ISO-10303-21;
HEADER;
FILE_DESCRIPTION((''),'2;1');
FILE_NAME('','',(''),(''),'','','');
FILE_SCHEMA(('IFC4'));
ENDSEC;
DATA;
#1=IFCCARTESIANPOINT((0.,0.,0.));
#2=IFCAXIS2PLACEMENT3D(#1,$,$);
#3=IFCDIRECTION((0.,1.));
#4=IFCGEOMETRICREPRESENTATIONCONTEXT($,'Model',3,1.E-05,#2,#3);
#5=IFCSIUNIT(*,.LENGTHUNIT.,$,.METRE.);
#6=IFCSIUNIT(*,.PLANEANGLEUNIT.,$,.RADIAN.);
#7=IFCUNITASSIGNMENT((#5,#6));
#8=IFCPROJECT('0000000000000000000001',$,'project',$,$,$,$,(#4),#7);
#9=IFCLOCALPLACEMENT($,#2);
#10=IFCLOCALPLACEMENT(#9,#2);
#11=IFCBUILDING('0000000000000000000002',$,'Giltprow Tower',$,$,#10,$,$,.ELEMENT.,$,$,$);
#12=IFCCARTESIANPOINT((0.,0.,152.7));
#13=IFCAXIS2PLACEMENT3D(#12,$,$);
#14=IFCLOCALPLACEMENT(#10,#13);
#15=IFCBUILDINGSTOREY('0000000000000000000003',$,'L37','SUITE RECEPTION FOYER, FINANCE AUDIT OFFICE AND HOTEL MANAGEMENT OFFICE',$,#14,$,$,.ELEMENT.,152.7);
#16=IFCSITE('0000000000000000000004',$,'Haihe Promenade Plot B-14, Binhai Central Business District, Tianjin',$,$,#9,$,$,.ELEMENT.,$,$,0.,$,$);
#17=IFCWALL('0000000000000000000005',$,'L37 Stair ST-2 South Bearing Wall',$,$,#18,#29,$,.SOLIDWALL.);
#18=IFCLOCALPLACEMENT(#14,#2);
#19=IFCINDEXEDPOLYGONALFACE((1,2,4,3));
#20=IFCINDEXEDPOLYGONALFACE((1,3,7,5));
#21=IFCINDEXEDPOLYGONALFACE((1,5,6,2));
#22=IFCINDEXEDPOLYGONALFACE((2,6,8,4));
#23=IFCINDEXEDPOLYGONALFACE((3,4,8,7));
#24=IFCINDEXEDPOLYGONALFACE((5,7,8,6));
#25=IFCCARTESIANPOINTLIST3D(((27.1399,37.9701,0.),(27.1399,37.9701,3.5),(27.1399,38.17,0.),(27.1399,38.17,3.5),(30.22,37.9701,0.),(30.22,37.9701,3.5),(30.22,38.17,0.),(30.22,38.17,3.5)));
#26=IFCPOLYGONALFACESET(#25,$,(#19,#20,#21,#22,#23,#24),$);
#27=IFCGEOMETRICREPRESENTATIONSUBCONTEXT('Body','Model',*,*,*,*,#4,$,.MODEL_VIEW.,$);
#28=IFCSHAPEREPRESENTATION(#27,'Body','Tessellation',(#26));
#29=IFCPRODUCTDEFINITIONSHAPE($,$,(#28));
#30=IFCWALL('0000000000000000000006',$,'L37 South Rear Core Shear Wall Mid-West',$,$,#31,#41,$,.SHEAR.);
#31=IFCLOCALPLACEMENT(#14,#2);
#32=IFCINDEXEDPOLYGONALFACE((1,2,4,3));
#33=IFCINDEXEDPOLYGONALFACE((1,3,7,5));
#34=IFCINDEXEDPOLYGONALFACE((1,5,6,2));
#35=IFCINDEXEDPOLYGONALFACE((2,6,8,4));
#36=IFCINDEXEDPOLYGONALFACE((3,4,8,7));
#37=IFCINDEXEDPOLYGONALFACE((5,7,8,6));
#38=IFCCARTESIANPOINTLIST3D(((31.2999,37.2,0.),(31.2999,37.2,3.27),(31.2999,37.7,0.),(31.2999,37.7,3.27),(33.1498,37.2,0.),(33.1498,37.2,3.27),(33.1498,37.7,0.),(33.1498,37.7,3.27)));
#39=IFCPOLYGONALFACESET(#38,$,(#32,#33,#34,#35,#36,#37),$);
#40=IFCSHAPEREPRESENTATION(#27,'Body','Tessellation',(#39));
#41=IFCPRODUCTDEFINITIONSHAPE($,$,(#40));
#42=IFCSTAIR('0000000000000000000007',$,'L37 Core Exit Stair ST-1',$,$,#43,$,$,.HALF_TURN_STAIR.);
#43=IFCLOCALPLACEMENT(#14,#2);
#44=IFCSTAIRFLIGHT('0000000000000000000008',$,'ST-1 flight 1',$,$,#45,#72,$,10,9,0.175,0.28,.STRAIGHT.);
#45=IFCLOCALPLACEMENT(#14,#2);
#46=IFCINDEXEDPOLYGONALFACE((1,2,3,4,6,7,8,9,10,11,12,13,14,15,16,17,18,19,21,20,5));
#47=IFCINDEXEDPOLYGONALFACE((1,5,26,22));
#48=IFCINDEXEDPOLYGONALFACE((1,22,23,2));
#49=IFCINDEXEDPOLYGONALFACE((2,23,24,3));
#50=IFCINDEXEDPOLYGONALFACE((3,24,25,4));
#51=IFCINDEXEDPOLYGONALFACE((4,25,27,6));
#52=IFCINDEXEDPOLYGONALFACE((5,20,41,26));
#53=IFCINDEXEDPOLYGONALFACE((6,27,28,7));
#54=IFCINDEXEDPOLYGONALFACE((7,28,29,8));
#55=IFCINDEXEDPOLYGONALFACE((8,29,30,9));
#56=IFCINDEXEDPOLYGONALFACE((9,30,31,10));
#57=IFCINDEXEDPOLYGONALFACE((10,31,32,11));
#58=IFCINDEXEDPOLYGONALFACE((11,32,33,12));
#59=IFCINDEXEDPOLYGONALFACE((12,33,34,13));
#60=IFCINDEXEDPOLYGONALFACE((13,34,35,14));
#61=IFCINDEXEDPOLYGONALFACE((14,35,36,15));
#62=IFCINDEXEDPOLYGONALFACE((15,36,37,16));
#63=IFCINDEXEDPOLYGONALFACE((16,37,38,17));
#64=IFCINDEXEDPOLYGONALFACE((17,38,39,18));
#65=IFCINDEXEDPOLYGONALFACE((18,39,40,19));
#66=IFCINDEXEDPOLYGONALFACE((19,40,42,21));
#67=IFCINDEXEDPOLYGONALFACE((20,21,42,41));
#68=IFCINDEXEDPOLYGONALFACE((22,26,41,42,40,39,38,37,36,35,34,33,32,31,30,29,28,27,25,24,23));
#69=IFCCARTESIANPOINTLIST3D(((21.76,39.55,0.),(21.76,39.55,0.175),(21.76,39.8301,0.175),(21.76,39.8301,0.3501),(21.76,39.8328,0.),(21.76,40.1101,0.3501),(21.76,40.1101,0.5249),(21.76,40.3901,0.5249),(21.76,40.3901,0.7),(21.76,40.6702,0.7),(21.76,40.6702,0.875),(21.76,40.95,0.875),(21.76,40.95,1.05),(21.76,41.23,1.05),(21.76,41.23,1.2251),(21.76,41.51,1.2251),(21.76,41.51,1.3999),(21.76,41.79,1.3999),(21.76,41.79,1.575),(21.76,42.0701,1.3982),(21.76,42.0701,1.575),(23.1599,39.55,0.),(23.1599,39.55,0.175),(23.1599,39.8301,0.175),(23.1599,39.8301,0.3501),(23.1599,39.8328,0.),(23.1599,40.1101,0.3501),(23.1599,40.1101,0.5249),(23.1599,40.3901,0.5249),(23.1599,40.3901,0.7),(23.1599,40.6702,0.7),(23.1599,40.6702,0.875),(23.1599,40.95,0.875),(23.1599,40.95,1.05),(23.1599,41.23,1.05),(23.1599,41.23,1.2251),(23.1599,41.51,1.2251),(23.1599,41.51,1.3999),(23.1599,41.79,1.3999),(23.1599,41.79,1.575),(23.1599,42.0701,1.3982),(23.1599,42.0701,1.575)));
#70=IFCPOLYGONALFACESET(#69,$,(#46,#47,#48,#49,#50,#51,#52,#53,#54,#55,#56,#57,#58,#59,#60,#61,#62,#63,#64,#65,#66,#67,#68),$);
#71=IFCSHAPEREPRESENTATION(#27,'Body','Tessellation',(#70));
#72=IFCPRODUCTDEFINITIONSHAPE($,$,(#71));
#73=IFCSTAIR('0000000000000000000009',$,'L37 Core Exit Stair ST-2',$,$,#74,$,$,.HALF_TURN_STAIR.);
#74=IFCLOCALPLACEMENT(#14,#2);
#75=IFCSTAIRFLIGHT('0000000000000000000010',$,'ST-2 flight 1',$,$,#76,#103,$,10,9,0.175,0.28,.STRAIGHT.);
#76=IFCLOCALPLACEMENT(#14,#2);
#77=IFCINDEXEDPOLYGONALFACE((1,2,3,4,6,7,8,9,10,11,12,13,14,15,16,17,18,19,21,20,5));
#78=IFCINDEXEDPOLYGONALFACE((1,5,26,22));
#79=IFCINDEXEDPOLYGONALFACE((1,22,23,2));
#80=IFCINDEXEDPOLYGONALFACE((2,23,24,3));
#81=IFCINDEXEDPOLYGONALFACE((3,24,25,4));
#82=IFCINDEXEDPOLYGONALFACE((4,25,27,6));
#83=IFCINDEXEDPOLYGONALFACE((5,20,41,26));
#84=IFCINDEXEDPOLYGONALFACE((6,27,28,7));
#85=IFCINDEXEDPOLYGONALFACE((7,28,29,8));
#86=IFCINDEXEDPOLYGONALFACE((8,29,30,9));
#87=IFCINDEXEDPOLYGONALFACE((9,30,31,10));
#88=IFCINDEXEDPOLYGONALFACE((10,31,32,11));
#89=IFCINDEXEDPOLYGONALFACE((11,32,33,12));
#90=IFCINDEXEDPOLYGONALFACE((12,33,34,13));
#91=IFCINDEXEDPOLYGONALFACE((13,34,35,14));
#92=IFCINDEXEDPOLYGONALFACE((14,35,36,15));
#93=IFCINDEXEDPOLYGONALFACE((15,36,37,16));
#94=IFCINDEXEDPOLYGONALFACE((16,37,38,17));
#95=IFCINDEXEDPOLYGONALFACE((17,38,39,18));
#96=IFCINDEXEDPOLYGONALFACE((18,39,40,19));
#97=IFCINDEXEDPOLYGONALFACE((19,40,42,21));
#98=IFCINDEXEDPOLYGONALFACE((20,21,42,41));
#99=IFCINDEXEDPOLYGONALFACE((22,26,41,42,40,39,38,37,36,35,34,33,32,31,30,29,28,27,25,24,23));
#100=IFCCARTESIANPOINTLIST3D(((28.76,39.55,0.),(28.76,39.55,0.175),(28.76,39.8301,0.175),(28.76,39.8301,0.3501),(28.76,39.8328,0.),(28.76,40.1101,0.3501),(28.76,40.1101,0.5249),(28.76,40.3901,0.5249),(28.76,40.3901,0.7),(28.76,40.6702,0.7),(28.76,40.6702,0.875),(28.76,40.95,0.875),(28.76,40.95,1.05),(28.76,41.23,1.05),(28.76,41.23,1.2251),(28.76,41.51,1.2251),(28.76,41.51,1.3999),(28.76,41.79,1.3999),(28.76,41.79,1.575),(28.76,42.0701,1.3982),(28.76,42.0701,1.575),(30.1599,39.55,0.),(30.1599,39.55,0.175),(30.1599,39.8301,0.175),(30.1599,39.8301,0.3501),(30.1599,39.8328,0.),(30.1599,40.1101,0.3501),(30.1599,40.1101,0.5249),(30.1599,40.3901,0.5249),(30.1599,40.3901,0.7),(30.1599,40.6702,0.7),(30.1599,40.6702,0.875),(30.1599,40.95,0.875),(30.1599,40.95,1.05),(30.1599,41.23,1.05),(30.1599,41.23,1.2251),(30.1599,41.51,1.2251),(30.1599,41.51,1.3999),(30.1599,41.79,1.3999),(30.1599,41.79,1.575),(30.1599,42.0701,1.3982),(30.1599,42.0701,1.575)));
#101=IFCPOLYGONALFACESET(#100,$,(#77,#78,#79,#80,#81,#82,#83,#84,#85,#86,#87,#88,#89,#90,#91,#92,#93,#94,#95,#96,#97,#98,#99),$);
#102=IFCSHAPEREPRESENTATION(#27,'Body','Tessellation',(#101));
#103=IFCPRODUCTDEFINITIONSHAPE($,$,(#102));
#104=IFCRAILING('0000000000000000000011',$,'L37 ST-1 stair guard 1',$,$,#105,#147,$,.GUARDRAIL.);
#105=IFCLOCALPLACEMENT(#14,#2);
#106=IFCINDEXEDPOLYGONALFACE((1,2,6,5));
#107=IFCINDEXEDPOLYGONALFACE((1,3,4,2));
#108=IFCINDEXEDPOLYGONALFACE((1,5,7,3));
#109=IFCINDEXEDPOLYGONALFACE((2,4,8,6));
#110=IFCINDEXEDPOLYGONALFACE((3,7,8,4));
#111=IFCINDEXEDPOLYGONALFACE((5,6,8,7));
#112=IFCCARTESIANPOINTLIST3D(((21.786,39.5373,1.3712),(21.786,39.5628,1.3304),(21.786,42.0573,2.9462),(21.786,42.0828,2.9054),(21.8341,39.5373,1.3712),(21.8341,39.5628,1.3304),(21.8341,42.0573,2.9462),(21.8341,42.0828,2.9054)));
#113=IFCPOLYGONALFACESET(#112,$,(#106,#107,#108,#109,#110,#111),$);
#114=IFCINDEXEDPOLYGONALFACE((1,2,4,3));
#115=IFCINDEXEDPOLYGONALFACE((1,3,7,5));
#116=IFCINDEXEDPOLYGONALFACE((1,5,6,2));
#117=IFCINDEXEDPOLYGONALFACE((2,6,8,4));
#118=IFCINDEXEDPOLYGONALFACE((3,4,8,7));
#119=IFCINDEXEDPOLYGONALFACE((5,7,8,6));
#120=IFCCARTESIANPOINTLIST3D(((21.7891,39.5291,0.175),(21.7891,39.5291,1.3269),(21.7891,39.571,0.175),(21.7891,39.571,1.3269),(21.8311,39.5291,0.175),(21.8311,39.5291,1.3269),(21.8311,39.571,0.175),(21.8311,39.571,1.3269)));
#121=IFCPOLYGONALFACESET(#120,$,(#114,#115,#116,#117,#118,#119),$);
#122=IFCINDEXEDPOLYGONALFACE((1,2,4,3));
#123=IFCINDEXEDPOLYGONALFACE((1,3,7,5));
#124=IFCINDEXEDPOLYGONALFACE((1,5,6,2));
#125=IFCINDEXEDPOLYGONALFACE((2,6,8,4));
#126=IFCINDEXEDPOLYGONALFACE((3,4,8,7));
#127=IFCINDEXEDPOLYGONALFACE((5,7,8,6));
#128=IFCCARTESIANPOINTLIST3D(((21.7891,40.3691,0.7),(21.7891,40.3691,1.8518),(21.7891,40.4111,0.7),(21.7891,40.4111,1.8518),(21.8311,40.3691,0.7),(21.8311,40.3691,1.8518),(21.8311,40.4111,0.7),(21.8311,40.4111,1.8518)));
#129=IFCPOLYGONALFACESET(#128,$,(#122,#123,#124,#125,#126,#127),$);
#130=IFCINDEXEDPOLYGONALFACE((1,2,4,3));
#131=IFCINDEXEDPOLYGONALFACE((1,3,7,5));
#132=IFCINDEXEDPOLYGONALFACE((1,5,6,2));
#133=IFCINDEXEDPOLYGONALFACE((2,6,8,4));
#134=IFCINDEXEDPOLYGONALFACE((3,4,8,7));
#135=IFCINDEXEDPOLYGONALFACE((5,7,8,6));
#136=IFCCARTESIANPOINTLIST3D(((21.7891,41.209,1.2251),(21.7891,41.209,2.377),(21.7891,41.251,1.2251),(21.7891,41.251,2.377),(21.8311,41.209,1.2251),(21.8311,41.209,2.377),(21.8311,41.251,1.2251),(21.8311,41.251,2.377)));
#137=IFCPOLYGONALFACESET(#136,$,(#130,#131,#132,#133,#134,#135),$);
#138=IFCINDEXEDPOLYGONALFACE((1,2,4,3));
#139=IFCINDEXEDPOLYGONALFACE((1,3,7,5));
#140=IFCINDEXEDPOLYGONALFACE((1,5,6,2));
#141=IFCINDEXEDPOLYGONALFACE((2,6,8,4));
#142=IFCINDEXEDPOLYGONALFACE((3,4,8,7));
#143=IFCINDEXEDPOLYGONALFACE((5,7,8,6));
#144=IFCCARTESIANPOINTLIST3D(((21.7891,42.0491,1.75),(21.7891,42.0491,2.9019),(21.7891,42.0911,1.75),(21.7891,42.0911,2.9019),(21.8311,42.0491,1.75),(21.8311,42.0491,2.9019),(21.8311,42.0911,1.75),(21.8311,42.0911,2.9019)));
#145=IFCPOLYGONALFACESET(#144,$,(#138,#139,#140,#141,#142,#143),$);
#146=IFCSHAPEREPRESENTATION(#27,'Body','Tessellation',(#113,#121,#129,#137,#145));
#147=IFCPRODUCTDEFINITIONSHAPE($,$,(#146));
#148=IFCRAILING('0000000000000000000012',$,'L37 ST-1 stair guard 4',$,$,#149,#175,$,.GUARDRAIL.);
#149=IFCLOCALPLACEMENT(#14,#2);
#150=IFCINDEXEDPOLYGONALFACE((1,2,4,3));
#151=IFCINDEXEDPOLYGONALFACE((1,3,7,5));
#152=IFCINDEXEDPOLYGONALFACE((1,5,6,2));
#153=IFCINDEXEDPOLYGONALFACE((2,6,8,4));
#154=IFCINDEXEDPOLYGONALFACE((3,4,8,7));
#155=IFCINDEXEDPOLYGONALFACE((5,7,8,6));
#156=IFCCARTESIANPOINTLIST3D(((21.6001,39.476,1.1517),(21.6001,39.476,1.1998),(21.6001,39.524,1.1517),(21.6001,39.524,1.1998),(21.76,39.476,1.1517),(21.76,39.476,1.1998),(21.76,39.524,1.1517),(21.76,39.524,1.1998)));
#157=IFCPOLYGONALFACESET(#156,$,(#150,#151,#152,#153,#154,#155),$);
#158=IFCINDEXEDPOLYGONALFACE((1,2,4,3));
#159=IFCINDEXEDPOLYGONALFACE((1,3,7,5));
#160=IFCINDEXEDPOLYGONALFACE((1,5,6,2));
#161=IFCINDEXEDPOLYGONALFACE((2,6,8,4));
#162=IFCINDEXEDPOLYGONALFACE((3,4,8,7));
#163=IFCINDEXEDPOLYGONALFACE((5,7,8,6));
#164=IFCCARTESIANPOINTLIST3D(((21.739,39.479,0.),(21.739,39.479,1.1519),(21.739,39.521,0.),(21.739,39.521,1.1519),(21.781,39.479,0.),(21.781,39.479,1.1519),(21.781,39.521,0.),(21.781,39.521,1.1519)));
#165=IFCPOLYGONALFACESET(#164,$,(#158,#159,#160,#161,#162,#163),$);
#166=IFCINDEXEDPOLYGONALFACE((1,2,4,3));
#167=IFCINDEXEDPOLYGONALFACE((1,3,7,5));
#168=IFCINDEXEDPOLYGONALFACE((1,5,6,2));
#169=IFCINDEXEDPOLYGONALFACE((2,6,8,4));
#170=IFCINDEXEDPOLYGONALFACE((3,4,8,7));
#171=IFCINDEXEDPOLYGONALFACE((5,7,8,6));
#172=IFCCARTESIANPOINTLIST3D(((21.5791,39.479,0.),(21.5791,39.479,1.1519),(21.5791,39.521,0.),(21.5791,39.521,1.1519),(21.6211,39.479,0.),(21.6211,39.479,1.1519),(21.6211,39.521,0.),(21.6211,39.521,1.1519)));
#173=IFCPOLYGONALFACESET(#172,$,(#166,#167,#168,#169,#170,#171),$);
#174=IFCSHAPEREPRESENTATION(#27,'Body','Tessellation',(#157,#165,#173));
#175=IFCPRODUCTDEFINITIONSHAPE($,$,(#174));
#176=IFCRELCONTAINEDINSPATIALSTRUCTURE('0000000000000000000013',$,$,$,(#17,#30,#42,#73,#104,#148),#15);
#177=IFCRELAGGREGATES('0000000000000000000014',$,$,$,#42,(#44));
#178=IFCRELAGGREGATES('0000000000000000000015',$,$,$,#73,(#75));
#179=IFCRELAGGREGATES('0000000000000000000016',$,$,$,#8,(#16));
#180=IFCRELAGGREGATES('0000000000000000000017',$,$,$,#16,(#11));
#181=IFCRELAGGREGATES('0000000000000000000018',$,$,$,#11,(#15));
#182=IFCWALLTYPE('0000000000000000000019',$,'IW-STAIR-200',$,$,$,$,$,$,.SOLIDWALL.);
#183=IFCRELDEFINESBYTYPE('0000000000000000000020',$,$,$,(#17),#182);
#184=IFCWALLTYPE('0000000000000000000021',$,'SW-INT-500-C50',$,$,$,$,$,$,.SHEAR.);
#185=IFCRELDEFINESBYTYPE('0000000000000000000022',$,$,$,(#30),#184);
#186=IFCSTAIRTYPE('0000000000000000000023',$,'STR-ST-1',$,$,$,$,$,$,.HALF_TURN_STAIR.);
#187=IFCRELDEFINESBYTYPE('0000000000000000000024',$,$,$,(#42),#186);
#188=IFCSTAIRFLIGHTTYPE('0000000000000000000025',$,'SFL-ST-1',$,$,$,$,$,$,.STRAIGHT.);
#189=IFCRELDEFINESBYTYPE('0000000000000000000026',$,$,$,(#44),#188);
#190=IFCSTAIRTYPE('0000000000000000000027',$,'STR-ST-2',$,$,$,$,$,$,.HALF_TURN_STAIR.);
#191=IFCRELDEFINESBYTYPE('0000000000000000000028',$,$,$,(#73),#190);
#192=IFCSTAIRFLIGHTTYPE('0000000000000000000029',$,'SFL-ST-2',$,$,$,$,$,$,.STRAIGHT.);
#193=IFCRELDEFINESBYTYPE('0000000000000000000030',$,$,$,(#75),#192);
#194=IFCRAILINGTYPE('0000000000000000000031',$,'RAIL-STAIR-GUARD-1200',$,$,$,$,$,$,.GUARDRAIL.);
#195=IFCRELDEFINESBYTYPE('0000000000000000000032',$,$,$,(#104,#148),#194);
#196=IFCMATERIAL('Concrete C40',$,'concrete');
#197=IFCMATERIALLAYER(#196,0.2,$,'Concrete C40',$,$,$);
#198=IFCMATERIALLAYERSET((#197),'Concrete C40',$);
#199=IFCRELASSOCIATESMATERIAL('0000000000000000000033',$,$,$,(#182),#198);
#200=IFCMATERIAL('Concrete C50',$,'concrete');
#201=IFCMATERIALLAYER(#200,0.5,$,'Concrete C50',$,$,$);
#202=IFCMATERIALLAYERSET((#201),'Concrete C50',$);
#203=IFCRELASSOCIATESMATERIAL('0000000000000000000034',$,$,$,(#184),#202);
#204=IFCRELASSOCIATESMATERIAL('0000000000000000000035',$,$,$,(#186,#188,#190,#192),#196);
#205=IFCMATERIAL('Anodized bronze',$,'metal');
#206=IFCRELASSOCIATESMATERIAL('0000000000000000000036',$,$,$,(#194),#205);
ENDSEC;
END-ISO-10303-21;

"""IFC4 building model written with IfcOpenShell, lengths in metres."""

from ifc_helpers import new_model, si_unit, direction, frame, frame_2d, origin, origin_2d, place, context, subcontext, project, spatial, polyline, rectangle, outline, extrude, material, layer, layer_set, type_object, element, aggregate, save


model = new_model("IFC4")

# Units and contexts
model_context = context("Model", 3, precision=1e-05, world=origin(), true_north=direction((0.0, 1.0)))
body_context = subcontext(model_context, "Body", "Model", "MODEL_VIEW")
ifc_project = project(units=[si_unit("LENGTHUNIT", "METRE"), si_unit("PLANEANGLEUNIT", "RADIAN")], contexts=[model_context])

# Site, building, storey
site_placement = place(None, origin())
site = spatial("IfcSite", under=ifc_project, at=site_placement, Name="Haihe Promenade Plot B-14, Binhai Central Business District, Tianjin", CompositionType="ELEMENT", RefElevation=0.0)
building_placement = place(site_placement, origin())
building = spatial("IfcBuilding", under=site, at=building_placement, Name="Giltprow Tower", CompositionType="ELEMENT")
storey_placement = place(building_placement, frame((0.0, 0.0, 152.7)))
storey = spatial("IfcBuildingStorey", under=building, at=storey_placement, Name="L37", Description="SUITE RECEPTION FOYER, FINANCE AUDIT OFFICE AND HOTEL MANAGEMENT OFFICE", CompositionType="ELEMENT", Elevation=152.7)

# Shared definitions
ifc_material_1 = material(Name="Concrete C50", Category="concrete")

# Shared definitions
ifc_material_2 = material(Name="Concrete C40", Category="concrete")
ifc_layer_1 = layer(ifc_material_2, 0.2, Name="Concrete C40")
ifc_layer_set_1 = layer_set([ifc_layer_1], Name="Concrete C40")
wall_type_1 = type_object("IfcWallType", Name="IW-STAIR-200", PredefinedType="SOLIDWALL", material=ifc_layer_set_1)

# Walls
wall_1_placement = place(storey_placement, frame((27.1399, 38.0701, 0.0), z_axis=(0.0, 0.0, 1.0), x_axis=(1.0, 0.0, 0.0)))
element("IfcWall", 1, at=wall_1_placement, inside=storey, type_object=wall_type_1, Name="L37 Stair ST-2 South Bearing Wall", PredefinedType="SOLIDWALL", context=body_context, shape_type="SweptSolid", body=[
    extrude(rectangle(XDim=3.0801, YDim=0.2, at=frame_2d((1.54, 0.0))), origin(), (0.0, 0.0, 1.0), 3.5),
])
ifc_layer_2 = layer(ifc_material_1, 0.5, Name="Concrete C50")
ifc_layer_set_2 = layer_set([ifc_layer_2], Name="Concrete C50")
wall_type_2 = type_object("IfcWallType", Name="SW-INT-500-C50", PredefinedType="SHEAR", material=ifc_layer_set_2)
wall_2_placement = place(storey_placement, frame((31.3, 37.45, 0.0), z_axis=(0.0, 0.0, 1.0), x_axis=(1.0, 0.0, 0.0)))
element("IfcWall", 2, at=wall_2_placement, inside=storey, type_object=wall_type_2, Name="L37 South Rear Core Shear Wall Mid-West", PredefinedType="SHEAR", context=body_context, shape_type="SweptSolid", body=[
    extrude(rectangle(XDim=1.8499, YDim=0.5, at=frame_2d((0.9248, 0.0))), origin(), (0.0, 0.0, 1.0), 3.27),
])

# Stairs, stair flights
stair_type_1 = type_object("IfcStairType", Name="STR-ST-1", PredefinedType="HALF_TURN_STAIR", material=ifc_material_2)
stair_1_placement = place(storey_placement, origin())
stair_1 = element("IfcStair", 3, at=stair_1_placement, inside=storey, type_object=stair_type_1, Name="L37 Core Exit Stair ST-1", PredefinedType="HALF_TURN_STAIR")
stair_flight_type_1 = type_object("IfcStairFlightType", Name="SFL-ST-1", PredefinedType="STRAIGHT", material=ifc_material_2)
stair_flight_1_placement = place(storey_placement, frame((22.46, 39.55, 0.0), z_axis=(0.0, 0.0, 1.0), x_axis=(0.0, 1.0, 0.0)))
stair_flight_1 = element("IfcStairFlight", 4, at=stair_flight_1_placement, type_object=stair_flight_type_1, Name="ST-1 flight 1", NumberOfRisers=10, NumberOfTreads=9, PredefinedType="STRAIGHT", RiserHeight=0.175, TreadLength=0.28, context=body_context, shape_type="SweptSolid", body=[
    extrude(outline(polyline([(0.0, 0.0), (0.0, 0.175), (0.28, 0.175), (0.28, 0.3501), (0.5601, 0.3501), (0.5601, 0.5249), (0.8401, 0.5249), (0.8401, 0.7), (1.1201, 0.7), (1.1201, 0.875), (1.3999, 0.875), (1.3999, 1.05), (1.6799, 1.05), (1.6799, 1.2251), (1.96, 1.2251), (1.96, 1.3999), (2.24, 1.3999), (2.24, 1.575), (2.52, 1.575), (2.52, 1.75), (2.52, 1.3982), (0.2827, 0.0), (0.0, 0.0)])), frame((0.0, 0.7, 0.0), z_axis=(0.0, -1.0, 0.0), x_axis=(1.0, 0.0, 0.0)), (0.0, 0.0, 1.0), 1.3999),
])
aggregate(stair_1, [stair_flight_1])
stair_type_2 = type_object("IfcStairType", Name="STR-ST-2", PredefinedType="HALF_TURN_STAIR", material=ifc_material_2)
stair_2_placement = place(storey_placement, origin())
stair_2 = element("IfcStair", 5, at=stair_2_placement, inside=storey, type_object=stair_type_2, Name="L37 Core Exit Stair ST-2", PredefinedType="HALF_TURN_STAIR")
stair_flight_type_2 = type_object("IfcStairFlightType", Name="SFL-ST-2", PredefinedType="STRAIGHT", material=ifc_material_2)
stair_flight_2_placement = place(storey_placement, frame((29.46, 39.55, 0.0), z_axis=(0.0, 0.0, 1.0), x_axis=(0.0, 1.0, 0.0)))
stair_flight_2 = element("IfcStairFlight", 6, at=stair_flight_2_placement, type_object=stair_flight_type_2, Name="ST-2 flight 1", NumberOfRisers=10, NumberOfTreads=9, PredefinedType="STRAIGHT", RiserHeight=0.175, TreadLength=0.28, context=body_context, shape_type="SweptSolid", body=[
    extrude(outline(polyline([(0.0, 0.0), (0.0, 0.175), (0.28, 0.175), (0.28, 0.3501), (0.5601, 0.3501), (0.5601, 0.5249), (0.8401, 0.5249), (0.8401, 0.7), (1.1201, 0.7), (1.1201, 0.875), (1.3999, 0.875), (1.3999, 1.05), (1.6799, 1.05), (1.6799, 1.2251), (1.96, 1.2251), (1.96, 1.3999), (2.24, 1.3999), (2.24, 1.575), (2.52, 1.575), (2.52, 1.75), (2.52, 1.3982), (0.2827, 0.0), (0.0, 0.0)])), frame((0.0, 0.7, 0.0), z_axis=(0.0, -1.0, 0.0), x_axis=(1.0, 0.0, 0.0)), (0.0, 0.0, 1.0), 1.3999),
])
aggregate(stair_2, [stair_flight_2])

# Railings
ifc_material_3 = material(Name="Anodized bronze", Category="metal")
railing_type_1 = type_object("IfcRailingType", Name="RAIL-STAIR-GUARD-1200", PredefinedType="GUARDRAIL", material=ifc_material_3)
railing_1_placement = place(storey_placement, frame((21.8101, 39.55, 0.175)))
element("IfcRailing", 7, at=railing_1_placement, inside=storey, type_object=railing_type_1, Name="L37 ST-1 stair guard 1", PredefinedType="GUARDRAIL", context=body_context, shape_type="SweptSolid", body=[
    extrude(rectangle(XDim=0.0481, YDim=0.0481, at=origin_2d()), frame((0.0, 0.0, 1.1758), z_axis=(0.0, 0.848008, 0.529984), x_axis=(-1.0, 0.0, 0.0)), (0.0, 0.0, 1.0), 2.9717),
    extrude(rectangle(XDim=0.042, YDim=0.042, at=origin_2d()), origin(), (0.0, 0.0, 1.0), 1.1519),
    extrude(rectangle(XDim=0.042, YDim=0.042, at=origin_2d()), frame((0.0, 0.8401, 0.5249)), (0.0, 0.0, 1.0), 1.1519),
    extrude(rectangle(XDim=0.042, YDim=0.042, at=origin_2d()), frame((0.0, 1.6799, 1.05)), (0.0, 0.0, 1.0), 1.1519),
    extrude(rectangle(XDim=0.042, YDim=0.042, at=origin_2d()), frame((0.0, 2.52, 1.575)), (0.0, 0.0, 1.0), 1.1519),
])
railing_2_placement = place(storey_placement, frame((21.76, 39.5, 0.0)))
element("IfcRailing", 8, at=railing_2_placement, inside=storey, type_object=railing_type_1, Name="L37 ST-1 stair guard 4", PredefinedType="GUARDRAIL", context=body_context, shape_type="SweptSolid", body=[
    extrude(rectangle(XDim=0.0481, YDim=0.0481, at=origin_2d()), frame((0.0, 0.0, 1.1758), z_axis=(-1.0, 0.0, 0.0), x_axis=(0.0, -1.0, 0.0)), (0.0, 0.0, 1.0), 0.1599),
    extrude(rectangle(XDim=0.042, YDim=0.042, at=origin_2d()), origin(), (0.0, 0.0, 1.0), 1.1519),
    extrude(rectangle(XDim=0.042, YDim=0.042, at=origin_2d()), frame((-0.1599, 0.0, 0.0)), (0.0, 0.0, 1.0), 1.1519),
])

save(model, "model.ifc")
